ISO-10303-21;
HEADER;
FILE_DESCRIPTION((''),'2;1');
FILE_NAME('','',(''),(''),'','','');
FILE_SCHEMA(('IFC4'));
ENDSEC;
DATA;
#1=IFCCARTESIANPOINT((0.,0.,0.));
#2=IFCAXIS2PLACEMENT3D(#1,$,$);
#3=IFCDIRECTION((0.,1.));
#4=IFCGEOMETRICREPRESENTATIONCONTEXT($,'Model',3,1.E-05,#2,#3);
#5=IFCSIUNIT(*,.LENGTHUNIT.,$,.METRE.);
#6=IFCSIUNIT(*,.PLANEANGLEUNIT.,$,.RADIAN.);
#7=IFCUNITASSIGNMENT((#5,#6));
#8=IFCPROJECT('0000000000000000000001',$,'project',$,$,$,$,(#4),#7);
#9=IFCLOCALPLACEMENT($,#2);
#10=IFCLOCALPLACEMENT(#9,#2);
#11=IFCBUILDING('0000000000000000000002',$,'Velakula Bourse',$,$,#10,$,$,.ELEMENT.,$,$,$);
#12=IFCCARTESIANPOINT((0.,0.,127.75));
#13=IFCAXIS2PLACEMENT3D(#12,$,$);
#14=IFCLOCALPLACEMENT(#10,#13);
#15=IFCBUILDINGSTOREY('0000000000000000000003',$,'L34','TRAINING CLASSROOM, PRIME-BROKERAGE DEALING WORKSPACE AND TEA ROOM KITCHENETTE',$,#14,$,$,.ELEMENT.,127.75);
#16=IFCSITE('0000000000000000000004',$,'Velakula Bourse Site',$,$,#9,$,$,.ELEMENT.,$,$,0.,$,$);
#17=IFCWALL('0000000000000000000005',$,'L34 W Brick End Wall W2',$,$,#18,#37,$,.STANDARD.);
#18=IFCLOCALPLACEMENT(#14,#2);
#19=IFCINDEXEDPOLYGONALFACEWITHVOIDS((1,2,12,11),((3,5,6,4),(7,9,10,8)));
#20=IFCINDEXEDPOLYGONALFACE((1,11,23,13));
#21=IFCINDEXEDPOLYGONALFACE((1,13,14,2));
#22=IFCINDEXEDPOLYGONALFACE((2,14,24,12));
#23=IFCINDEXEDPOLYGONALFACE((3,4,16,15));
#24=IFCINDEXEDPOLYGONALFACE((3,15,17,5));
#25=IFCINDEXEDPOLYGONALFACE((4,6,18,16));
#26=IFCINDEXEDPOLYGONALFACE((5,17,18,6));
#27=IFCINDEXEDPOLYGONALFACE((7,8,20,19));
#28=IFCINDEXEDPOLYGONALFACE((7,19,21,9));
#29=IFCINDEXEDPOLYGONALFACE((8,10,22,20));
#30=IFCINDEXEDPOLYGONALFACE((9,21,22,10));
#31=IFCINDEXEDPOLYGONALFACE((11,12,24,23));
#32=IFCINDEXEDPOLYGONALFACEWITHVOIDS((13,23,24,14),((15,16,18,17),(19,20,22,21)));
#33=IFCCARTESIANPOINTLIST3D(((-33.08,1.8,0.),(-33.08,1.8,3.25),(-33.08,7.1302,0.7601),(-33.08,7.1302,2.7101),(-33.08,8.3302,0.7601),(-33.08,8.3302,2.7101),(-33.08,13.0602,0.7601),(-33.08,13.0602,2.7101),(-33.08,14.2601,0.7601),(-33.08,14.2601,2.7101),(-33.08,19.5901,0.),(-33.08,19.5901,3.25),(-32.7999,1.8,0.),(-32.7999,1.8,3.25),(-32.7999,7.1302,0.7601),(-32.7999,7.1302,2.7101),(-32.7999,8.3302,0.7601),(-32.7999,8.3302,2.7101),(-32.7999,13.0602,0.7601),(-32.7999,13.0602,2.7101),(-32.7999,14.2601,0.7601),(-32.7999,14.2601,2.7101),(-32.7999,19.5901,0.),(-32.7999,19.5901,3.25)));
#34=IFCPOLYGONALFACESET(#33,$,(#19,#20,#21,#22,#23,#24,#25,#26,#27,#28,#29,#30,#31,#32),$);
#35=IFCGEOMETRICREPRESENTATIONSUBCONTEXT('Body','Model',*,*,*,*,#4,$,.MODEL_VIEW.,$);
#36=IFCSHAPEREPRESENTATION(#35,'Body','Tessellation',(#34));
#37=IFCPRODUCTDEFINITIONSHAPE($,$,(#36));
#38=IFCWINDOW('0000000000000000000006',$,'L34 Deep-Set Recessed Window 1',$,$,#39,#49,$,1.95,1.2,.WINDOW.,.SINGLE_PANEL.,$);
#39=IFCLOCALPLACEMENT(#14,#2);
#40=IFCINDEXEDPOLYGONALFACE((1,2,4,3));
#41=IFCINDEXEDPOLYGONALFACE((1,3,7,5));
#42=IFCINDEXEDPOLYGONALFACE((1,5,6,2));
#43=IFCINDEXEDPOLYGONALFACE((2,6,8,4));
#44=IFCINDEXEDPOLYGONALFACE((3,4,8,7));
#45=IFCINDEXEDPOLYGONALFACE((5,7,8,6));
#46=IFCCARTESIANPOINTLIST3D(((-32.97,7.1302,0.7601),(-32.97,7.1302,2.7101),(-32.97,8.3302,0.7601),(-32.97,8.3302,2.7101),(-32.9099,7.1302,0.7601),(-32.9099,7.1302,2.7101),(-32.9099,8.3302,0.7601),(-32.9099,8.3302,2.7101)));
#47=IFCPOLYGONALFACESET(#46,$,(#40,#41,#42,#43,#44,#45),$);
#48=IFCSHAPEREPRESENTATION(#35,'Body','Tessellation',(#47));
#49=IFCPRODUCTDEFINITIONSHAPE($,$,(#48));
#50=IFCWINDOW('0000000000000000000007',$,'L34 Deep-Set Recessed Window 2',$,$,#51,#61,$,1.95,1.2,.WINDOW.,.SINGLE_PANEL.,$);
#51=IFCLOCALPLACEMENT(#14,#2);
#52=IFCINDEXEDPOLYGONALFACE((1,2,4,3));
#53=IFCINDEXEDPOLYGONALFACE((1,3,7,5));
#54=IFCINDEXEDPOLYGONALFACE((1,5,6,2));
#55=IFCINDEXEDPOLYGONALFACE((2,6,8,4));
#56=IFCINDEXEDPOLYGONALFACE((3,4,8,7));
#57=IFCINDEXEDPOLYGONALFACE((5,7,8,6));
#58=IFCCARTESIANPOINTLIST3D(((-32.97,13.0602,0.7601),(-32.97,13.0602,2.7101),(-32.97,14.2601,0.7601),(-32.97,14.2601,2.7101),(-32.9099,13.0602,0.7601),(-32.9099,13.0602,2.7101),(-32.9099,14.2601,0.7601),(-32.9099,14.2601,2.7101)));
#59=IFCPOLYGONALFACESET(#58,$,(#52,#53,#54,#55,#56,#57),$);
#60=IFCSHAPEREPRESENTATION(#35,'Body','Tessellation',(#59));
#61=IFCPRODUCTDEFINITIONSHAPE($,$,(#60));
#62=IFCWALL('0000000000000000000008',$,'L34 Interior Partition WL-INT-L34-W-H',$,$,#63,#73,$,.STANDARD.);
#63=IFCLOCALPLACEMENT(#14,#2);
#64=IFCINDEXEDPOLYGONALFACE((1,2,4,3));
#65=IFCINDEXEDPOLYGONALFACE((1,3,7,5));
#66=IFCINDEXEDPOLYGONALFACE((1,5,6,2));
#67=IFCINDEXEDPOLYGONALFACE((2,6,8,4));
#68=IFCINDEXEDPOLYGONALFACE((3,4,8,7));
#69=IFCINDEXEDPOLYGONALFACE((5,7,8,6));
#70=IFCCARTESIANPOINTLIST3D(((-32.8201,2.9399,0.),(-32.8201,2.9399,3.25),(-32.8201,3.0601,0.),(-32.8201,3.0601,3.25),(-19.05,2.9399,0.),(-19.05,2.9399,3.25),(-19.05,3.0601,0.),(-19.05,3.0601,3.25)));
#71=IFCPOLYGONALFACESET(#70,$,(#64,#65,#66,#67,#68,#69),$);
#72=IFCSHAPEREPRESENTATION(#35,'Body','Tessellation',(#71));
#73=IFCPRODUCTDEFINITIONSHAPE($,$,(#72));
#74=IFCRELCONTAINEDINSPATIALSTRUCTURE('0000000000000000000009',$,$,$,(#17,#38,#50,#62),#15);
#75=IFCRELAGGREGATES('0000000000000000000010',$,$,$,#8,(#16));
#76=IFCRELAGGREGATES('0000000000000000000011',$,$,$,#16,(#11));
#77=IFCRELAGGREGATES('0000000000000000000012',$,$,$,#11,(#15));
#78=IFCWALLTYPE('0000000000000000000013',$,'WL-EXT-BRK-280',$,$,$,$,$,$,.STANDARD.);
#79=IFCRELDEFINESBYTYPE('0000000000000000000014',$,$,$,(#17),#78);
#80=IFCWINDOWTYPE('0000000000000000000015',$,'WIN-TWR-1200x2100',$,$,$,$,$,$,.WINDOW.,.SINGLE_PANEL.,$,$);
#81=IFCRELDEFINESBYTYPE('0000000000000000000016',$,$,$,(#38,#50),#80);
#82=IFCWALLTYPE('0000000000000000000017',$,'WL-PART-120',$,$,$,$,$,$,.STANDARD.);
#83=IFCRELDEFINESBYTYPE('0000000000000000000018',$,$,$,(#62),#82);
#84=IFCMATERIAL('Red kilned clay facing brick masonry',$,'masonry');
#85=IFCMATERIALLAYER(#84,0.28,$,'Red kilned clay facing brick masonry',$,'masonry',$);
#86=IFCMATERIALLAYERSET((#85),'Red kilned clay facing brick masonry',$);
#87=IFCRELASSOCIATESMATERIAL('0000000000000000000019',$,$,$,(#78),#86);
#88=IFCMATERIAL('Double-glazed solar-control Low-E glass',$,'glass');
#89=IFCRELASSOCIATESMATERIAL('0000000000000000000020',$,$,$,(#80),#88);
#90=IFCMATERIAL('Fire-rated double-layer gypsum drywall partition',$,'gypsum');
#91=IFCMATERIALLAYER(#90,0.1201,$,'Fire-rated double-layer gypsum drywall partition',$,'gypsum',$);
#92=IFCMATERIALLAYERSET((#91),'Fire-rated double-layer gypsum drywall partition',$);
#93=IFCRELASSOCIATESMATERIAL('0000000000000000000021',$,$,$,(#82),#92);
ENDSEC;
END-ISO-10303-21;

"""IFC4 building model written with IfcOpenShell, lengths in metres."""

from ifc_helpers import new_model, si_unit, direction, frame, frame_2d, origin, place, context, subcontext, project, spatial, rectangle, extrude, material, layer, layer_set, type_object, element, fill, save


model = new_model("IFC4")

# Units and contexts
model_context = context("Model", 3, precision=1e-05, world=origin(), true_north=direction((0.0, 1.0)))
body_context = subcontext(model_context, "Body", "Model", "MODEL_VIEW")
ifc_project = project(units=[si_unit("LENGTHUNIT", "METRE"), si_unit("PLANEANGLEUNIT", "RADIAN")], contexts=[model_context])

# Site, building, storey
site_placement = place(None, origin())
site = spatial("IfcSite", under=ifc_project, at=site_placement, Name="Velakula Bourse Site", CompositionType="ELEMENT", RefElevation=0.0)
building_placement = place(site_placement, origin())
building = spatial("IfcBuilding", under=site, at=building_placement, Name="Velakula Bourse", CompositionType="ELEMENT")
storey_placement = place(building_placement, frame((0.0, 0.0, 127.75)))
storey = spatial("IfcBuildingStorey", under=building, at=storey_placement, Name="L34", Description="TRAINING CLASSROOM, PRIME-BROKERAGE DEALING WORKSPACE AND TEA ROOM KITCHENETTE", CompositionType="ELEMENT", Elevation=127.75)

# Wall, openings, windows
ifc_material_1 = material(Name="Red kilned clay facing brick masonry", Category="masonry")
ifc_layer_1 = layer(ifc_material_1, 0.28, Name="Red kilned clay facing brick masonry", Category="masonry")
ifc_layer_set_1 = layer_set([ifc_layer_1], Name="Red kilned clay facing brick masonry")
wall_type_1 = type_object("IfcWallType", Name="WL-EXT-BRK-280", PredefinedType="STANDARD", material=ifc_layer_set_1)
wall_1_placement = place(storey_placement, frame((-32.9399, 1.8, 0.0), z_axis=(0.0, 0.0, 1.0), x_axis=(0.0, 1.0, 0.0)))
wall_1 = element("IfcWall", 1, at=wall_1_placement, inside=storey, type_object=wall_type_1, Name="L34 W Brick End Wall W2", PredefinedType="STANDARD", context=body_context, shape_type="SweptSolid", body=[
    extrude(rectangle(XDim=17.79, YDim=0.28, at=frame_2d((8.895, 0.0))), origin(), (0.0, 0.0, 1.0), 3.25),
])
opening_1_placement = place(wall_1_placement, frame((5.3301, 0.0, 0.76)))
opening_1 = element("IfcOpeningElement", 2, at=opening_1_placement, cuts=wall_1, PredefinedType="OPENING", context=body_context, shape_type="SweptSolid", body=[
    extrude(rectangle(XDim=1.2, YDim=1.95, at=frame_2d((0.6001, 0.9751))), frame((0.0, 0.1499, 0.0), z_axis=(0.0, -1.0, 0.0), x_axis=(1.0, 0.0, 0.0)), (0.0, 0.0, 1.0), 0.3),
])
opening_2_placement = place(wall_1_placement, frame((11.26, 0.0, 0.76)))
opening_2 = element("IfcOpeningElement", 3, at=opening_2_placement, cuts=wall_1, PredefinedType="OPENING", context=body_context, shape_type="SweptSolid", body=[
    extrude(rectangle(XDim=1.2, YDim=1.95, at=frame_2d((0.6001, 0.9751))), frame((0.0, 0.1499, 0.0), z_axis=(0.0, -1.0, 0.0), x_axis=(1.0, 0.0, 0.0)), (0.0, 0.0, 1.0), 0.3),
])
ifc_material_2 = material(Name="Double-glazed solar-control Low-E glass", Category="glass")
window_type = type_object("IfcWindowType", Name="WIN-TWR-1200x2100", PartitioningType="SINGLE_PANEL", PredefinedType="WINDOW", material=ifc_material_2)
window_1_placement = place(opening_1_placement, origin())
window_1 = element("IfcWindow", 4, at=window_1_placement, inside=storey, type_object=window_type, Name="L34 Deep-Set Recessed Window 1", OverallHeight=1.95, OverallWidth=1.2, PartitioningType="SINGLE_PANEL", PredefinedType="WINDOW", context=body_context, shape_type="SweptSolid", body=[
    extrude(rectangle(XDim=1.2, YDim=1.95, at=frame_2d((0.6001, 0.9751))), frame((0.0, 0.03, 0.0), z_axis=(0.0, -1.0, 0.0), x_axis=(1.0, 0.0, 0.0)), (0.0, 0.0, 1.0), 0.0601),
])
fill(opening_1, window_1)
window_2_placement = place(opening_2_placement, origin())
window_2 = element("IfcWindow", 5, at=window_2_placement, inside=storey, type_object=window_type, Name="L34 Deep-Set Recessed Window 2", OverallHeight=1.95, OverallWidth=1.2, PartitioningType="SINGLE_PANEL", PredefinedType="WINDOW", context=body_context, shape_type="SweptSolid", body=[
    extrude(rectangle(XDim=1.2, YDim=1.95, at=frame_2d((0.6001, 0.9751))), frame((0.0, 0.03, 0.0), z_axis=(0.0, -1.0, 0.0), x_axis=(1.0, 0.0, 0.0)), (0.0, 0.0, 1.0), 0.0601),
])
fill(opening_2, window_2)

# Wall
ifc_material_3 = material(Name="Fire-rated double-layer gypsum drywall partition", Category="gypsum")
ifc_layer_2 = layer(ifc_material_3, 0.1201, Name="Fire-rated double-layer gypsum drywall partition", Category="gypsum")
ifc_layer_set_2 = layer_set([ifc_layer_2], Name="Fire-rated double-layer gypsum drywall partition")
wall_type_2 = type_object("IfcWallType", Name="WL-PART-120", PredefinedType="STANDARD", material=ifc_layer_set_2)
wall_2_placement = place(storey_placement, frame((-32.8201, 3.0, 0.0), z_axis=(0.0, 0.0, 1.0), x_axis=(1.0, 0.0, 0.0)))
element("IfcWall", 6, at=wall_2_placement, inside=storey, type_object=wall_type_2, Name="L34 Interior Partition WL-INT-L34-W-H", PredefinedType="STANDARD", context=body_context, shape_type="SweptSolid", body=[
    extrude(rectangle(XDim=13.77, YDim=0.1201, at=frame_2d((6.885, 0.0))), origin(), (0.0, 0.0, 1.0), 3.25),
])

save(model, "model.ifc")
